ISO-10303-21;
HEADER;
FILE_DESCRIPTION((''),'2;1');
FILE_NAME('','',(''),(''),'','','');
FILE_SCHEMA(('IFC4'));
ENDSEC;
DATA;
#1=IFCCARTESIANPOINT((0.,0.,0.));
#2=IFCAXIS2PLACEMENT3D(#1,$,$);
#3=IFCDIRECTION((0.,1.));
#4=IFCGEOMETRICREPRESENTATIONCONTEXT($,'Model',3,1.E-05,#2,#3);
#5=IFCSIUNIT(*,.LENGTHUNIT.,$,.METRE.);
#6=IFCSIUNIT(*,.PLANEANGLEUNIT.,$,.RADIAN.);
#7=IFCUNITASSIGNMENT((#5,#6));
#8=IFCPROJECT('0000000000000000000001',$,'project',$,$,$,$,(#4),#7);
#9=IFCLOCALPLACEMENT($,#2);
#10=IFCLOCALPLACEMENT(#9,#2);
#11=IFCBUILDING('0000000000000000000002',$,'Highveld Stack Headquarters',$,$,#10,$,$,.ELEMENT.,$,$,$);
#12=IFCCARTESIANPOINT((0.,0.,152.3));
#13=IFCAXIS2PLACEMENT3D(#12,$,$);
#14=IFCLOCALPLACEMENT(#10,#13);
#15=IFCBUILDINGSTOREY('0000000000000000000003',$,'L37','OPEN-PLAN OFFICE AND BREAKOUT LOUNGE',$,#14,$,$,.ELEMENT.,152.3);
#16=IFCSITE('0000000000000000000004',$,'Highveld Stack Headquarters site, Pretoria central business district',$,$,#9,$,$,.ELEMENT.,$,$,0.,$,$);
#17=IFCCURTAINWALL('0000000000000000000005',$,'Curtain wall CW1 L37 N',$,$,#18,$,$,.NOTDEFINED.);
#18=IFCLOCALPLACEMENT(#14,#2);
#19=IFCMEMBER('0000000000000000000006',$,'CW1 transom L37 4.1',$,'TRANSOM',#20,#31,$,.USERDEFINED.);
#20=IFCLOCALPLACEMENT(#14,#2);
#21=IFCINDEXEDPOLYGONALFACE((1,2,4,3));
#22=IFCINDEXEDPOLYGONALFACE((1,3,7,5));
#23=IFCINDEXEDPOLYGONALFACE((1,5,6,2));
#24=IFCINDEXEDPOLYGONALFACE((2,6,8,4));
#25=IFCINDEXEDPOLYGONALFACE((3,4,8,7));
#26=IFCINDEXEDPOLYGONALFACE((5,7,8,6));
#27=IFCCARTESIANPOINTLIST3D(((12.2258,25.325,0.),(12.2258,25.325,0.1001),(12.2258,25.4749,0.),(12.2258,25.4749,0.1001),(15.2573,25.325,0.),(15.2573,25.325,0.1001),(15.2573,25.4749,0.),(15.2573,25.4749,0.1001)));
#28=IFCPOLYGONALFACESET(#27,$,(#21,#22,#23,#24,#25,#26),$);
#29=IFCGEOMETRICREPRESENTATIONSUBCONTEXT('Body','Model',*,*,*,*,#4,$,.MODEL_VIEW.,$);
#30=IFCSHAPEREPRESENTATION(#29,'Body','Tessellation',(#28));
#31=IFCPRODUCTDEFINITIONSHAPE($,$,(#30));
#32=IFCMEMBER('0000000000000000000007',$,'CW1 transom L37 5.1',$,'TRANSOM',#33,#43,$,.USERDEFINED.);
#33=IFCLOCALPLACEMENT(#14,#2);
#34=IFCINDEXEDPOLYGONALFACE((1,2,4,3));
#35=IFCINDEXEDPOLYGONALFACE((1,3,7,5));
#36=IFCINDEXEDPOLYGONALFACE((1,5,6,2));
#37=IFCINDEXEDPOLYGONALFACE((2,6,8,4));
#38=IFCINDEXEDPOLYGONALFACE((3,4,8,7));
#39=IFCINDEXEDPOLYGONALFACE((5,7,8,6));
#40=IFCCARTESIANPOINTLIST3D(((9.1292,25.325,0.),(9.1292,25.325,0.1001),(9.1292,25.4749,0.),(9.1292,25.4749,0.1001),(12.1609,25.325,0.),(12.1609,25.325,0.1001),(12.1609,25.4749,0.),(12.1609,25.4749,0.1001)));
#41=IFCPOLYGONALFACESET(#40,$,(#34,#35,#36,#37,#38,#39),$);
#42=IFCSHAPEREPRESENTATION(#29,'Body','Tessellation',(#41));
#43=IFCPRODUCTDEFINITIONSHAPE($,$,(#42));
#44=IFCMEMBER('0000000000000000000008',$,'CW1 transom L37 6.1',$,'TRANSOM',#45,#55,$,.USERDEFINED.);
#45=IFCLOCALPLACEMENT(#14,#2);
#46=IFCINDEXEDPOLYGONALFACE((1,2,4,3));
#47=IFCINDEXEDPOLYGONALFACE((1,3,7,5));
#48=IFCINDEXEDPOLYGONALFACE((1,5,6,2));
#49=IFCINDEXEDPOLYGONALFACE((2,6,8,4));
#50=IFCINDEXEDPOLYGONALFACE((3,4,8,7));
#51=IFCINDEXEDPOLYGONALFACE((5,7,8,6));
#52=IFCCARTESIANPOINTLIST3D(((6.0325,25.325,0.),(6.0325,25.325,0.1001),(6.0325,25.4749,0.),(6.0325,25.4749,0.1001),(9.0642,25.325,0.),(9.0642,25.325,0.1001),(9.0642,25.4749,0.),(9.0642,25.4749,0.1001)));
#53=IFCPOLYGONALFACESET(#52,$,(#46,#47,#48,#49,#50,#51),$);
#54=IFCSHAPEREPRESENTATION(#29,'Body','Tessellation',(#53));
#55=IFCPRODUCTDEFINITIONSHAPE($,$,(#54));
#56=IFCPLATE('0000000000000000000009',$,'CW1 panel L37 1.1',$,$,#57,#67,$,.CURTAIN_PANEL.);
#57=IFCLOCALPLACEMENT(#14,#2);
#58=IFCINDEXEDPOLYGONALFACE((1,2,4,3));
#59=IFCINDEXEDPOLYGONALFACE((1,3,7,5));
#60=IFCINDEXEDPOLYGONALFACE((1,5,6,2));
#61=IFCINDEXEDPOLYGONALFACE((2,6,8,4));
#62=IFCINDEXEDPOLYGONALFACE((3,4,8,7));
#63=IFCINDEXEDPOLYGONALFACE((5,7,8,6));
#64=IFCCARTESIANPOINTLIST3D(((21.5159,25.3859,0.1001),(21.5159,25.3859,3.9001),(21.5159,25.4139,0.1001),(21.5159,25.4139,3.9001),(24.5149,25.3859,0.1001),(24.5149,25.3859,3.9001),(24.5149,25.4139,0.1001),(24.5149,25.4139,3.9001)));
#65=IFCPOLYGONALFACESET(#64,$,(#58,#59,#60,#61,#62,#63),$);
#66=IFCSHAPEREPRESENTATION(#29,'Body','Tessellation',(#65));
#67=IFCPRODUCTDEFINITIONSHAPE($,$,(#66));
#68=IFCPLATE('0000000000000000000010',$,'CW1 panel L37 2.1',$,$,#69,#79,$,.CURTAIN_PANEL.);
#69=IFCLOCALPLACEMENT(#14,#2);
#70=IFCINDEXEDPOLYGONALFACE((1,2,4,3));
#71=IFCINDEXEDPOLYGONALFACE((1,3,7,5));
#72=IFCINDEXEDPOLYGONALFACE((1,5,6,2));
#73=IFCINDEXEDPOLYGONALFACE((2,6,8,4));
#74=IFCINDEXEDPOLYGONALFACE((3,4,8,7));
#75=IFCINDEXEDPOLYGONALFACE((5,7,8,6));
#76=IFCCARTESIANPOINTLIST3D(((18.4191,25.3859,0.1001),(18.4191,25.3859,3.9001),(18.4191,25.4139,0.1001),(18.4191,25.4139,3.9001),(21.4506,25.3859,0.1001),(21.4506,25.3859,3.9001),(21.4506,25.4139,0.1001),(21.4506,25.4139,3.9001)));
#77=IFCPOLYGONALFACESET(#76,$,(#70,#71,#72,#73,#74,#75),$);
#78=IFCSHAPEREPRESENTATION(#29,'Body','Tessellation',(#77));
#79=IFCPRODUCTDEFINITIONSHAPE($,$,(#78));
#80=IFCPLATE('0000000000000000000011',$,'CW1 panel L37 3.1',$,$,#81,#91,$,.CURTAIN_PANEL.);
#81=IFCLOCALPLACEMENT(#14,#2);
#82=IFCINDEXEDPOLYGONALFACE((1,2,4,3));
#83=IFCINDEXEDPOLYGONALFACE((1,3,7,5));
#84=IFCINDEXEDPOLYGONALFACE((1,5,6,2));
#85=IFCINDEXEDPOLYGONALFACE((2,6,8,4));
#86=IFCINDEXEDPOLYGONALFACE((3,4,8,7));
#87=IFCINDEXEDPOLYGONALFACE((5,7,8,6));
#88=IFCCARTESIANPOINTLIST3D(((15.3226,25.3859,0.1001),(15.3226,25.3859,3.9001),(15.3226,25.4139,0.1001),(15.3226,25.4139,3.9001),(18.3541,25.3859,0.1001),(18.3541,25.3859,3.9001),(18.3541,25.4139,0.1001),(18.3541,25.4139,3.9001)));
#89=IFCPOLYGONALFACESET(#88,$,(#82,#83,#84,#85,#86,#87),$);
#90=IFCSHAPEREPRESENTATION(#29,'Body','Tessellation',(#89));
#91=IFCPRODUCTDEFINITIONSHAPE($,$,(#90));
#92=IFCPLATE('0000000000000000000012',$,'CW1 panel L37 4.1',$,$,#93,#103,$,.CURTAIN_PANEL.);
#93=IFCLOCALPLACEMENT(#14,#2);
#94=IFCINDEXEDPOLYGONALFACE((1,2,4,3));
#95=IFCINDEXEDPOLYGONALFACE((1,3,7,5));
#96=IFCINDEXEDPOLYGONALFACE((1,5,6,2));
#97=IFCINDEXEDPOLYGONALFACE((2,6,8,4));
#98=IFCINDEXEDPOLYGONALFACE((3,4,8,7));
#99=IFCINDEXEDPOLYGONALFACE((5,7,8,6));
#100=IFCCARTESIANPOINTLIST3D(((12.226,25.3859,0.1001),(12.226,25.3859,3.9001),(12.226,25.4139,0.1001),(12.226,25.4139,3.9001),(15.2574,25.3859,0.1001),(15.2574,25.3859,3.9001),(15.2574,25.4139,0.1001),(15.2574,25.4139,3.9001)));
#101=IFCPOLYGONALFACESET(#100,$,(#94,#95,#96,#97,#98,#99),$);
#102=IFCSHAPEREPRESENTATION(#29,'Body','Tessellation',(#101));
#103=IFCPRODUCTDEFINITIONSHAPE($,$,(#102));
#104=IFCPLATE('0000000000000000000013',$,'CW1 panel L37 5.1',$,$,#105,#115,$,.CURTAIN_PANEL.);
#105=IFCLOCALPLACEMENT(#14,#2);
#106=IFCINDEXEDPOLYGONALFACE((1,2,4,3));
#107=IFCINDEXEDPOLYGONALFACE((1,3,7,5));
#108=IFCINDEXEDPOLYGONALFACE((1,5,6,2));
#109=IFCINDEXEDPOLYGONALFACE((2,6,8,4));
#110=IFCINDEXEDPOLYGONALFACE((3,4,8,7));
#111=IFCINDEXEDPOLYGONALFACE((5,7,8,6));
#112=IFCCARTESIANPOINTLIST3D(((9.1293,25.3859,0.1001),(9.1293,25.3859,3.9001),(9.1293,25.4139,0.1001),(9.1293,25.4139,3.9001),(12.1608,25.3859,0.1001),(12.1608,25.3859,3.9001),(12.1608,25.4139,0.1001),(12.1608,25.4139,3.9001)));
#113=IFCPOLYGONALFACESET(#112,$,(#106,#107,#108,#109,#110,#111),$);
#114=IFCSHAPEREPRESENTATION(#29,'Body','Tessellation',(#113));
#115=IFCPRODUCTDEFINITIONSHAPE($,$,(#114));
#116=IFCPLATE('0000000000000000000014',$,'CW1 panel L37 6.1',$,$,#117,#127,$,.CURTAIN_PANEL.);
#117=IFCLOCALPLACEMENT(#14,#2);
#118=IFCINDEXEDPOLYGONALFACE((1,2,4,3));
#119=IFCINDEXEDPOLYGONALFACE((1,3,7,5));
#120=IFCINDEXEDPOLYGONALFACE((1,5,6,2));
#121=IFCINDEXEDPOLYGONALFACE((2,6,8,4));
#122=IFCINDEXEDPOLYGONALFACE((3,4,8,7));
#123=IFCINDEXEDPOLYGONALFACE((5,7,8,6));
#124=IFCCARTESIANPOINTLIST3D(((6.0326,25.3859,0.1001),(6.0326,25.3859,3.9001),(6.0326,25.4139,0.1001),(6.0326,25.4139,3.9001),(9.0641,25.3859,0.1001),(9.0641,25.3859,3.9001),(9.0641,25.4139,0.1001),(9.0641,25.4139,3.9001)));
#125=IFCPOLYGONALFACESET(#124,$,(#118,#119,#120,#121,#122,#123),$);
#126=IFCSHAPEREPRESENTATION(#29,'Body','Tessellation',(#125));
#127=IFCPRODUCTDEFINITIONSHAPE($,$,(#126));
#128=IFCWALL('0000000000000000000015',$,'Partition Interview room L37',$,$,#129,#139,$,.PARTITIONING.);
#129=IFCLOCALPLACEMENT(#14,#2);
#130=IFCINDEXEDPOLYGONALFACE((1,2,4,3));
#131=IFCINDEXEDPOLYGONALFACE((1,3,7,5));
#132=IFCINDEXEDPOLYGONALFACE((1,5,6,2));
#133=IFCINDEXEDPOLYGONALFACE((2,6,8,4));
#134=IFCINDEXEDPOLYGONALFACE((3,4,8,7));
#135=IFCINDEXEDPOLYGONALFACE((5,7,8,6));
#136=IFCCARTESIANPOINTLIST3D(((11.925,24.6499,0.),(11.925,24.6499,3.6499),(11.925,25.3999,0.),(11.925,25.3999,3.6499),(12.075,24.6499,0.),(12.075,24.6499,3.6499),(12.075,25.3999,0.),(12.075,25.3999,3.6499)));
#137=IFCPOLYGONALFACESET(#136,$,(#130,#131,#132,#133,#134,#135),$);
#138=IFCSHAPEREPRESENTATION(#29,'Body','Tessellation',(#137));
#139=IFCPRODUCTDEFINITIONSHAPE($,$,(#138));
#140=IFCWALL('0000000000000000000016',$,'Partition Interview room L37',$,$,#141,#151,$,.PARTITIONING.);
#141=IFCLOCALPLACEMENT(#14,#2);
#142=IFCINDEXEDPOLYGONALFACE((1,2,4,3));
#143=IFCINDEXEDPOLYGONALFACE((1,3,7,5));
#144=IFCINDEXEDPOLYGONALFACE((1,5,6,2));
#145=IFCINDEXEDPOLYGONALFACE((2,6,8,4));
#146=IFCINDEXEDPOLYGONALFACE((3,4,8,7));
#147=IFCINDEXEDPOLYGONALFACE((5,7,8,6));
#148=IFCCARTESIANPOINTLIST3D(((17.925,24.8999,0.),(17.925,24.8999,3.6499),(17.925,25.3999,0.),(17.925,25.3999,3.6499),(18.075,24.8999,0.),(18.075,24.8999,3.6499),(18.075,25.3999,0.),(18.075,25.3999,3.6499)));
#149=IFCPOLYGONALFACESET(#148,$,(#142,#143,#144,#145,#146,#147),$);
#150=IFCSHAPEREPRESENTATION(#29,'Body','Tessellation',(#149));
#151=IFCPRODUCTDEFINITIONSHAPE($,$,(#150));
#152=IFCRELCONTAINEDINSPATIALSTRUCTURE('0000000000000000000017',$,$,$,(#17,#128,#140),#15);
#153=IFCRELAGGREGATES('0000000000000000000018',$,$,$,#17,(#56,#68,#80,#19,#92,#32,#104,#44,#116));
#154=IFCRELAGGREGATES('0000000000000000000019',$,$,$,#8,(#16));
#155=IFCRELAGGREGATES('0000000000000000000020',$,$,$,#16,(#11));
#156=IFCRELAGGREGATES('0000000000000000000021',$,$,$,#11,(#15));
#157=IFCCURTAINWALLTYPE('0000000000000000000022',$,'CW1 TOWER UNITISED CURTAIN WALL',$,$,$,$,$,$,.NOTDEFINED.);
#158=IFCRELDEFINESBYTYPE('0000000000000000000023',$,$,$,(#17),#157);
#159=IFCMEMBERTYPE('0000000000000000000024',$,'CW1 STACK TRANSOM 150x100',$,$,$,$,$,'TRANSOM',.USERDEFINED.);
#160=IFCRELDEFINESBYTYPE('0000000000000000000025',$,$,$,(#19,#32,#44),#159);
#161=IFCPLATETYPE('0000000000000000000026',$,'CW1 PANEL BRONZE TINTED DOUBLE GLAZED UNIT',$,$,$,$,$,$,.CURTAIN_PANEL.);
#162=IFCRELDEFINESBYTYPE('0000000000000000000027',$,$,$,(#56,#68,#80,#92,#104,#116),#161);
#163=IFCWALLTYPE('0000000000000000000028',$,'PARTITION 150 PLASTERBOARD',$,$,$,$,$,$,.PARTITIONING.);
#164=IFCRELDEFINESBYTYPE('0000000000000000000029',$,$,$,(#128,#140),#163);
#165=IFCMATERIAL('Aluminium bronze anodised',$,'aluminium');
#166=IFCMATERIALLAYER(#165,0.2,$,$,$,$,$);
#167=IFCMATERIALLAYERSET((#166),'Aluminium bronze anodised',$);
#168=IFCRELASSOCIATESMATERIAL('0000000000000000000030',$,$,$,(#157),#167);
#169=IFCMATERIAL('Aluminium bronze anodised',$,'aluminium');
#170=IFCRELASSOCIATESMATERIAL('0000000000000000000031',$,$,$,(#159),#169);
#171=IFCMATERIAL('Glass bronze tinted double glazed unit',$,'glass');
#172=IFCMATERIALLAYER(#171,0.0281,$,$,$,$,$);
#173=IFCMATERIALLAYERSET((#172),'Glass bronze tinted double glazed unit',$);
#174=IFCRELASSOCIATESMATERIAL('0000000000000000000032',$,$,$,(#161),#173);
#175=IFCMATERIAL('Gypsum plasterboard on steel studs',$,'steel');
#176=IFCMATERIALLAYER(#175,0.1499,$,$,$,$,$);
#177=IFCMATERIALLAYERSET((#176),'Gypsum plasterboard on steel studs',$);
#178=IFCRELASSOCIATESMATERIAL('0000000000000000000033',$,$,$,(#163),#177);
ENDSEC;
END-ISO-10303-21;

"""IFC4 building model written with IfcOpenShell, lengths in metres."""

from ifc_helpers import new_model, si_unit, direction, frame, frame_2d, origin, origin_2d, place, context, subcontext, project, spatial, rectangle, extrude, material, layer, layer_set, material_profile, profile_set, type_object, element, aggregate, save


model = new_model("IFC4")

# Units and contexts
model_context = context("Model", 3, precision=1e-05, world=origin(), true_north=direction((0.0, 1.0)))
body_context = subcontext(model_context, "Body", "Model", "MODEL_VIEW")
ifc_project = project(units=[si_unit("LENGTHUNIT", "METRE"), si_unit("PLANEANGLEUNIT", "RADIAN")], contexts=[model_context])

# Site, building, storey
site_placement = place(None, origin())
site = spatial("IfcSite", under=ifc_project, at=site_placement, Name="Highveld Stack Headquarters site, Pretoria central business district", CompositionType="ELEMENT", RefElevation=0.0)
building_placement = place(site_placement, origin())
building = spatial("IfcBuilding", under=site, at=building_placement, Name="Highveld Stack Headquarters", CompositionType="ELEMENT")
storey_placement = place(building_placement, frame((0.0, 0.0, 152.3)))
storey = spatial("IfcBuildingStorey", under=building, at=storey_placement, Name="L37", Description="OPEN-PLAN OFFICE AND BREAKOUT LOUNGE", CompositionType="ELEMENT", Elevation=152.3)

# Curtain wall, members, plates
ifc_material_1 = material(Name="Aluminium bronze anodised", Category="aluminium")
ifc_layer_1 = layer(ifc_material_1, 0.2)
ifc_layer_set_1 = layer_set([ifc_layer_1], Name="Aluminium bronze anodised")
curtain_wall_type = type_object("IfcCurtainWallType", Name="CW1 TOWER UNITISED CURTAIN WALL", PredefinedType="NOTDEFINED", material=ifc_layer_set_1)
curtain_wall_placement = place(storey_placement, origin())
curtain_wall = element("IfcCurtainWall", 1, at=curtain_wall_placement, inside=storey, type_object=curtain_wall_type, Name="Curtain wall CW1 L37 N", PredefinedType="NOTDEFINED")
ifc_material_2 = material(Name="Aluminium bronze anodised", Category="aluminium")
ifc_material_profile_1 = material_profile(ifc_material_2, rectangle(XDim=0.1499, YDim=0.1001, at=origin_2d()), Name="CW1 TRANSOM 150x100")
ifc_profile_set_1 = profile_set([ifc_material_profile_1], Name="Aluminium bronze anodised")
member_type_1 = type_object("IfcMemberType", Name="CW1 STACK TRANSOM 150x100", ElementType="TRANSOM", PredefinedType="USERDEFINED", material=ifc_profile_set_1)
member_1_placement = place(storey_placement, frame((15.2573, 25.3999, 0.05), z_axis=(-1.0, 0.0, 0.0), x_axis=(0.0, -1.0, 0.0)))
member_1 = element("IfcMember", 2, at=member_1_placement, type_object=member_type_1, Name="CW1 transom L37 4.1", ObjectType="TRANSOM", PredefinedType="USERDEFINED", context=body_context, shape_type="SweptSolid", body=[
    extrude(rectangle(XDim=0.1499, YDim=0.1001, at=origin_2d()), origin(), (0.0, 0.0, 1.0), 3.0315),
])
member_2_placement = place(storey_placement, frame((12.1609, 25.3999, 0.05), z_axis=(-1.0, 0.0, 0.0), x_axis=(0.0, -1.0, 0.0)))
member_2 = element("IfcMember", 3, at=member_2_placement, type_object=member_type_1, Name="CW1 transom L37 5.1", ObjectType="TRANSOM", PredefinedType="USERDEFINED", context=body_context, shape_type="SweptSolid", body=[
    extrude(rectangle(XDim=0.1499, YDim=0.1001, at=origin_2d()), origin(), (0.0, 0.0, 1.0), 3.0317),
])
member_3_placement = place(storey_placement, frame((9.0642, 25.3999, 0.05), z_axis=(-1.0, 0.0, 0.0), x_axis=(0.0, -1.0, 0.0)))
member_3 = element("IfcMember", 4, at=member_3_placement, type_object=member_type_1, Name="CW1 transom L37 6.1", ObjectType="TRANSOM", PredefinedType="USERDEFINED", context=body_context, shape_type="SweptSolid", body=[
    extrude(rectangle(XDim=0.1499, YDim=0.1001, at=origin_2d()), origin(), (0.0, 0.0, 1.0), 3.0317),
])
ifc_material_3 = material(Name="Glass bronze tinted double glazed unit", Category="glass")
ifc_layer_2 = layer(ifc_material_3, 0.0281)
ifc_layer_set_2 = layer_set([ifc_layer_2], Name="Glass bronze tinted double glazed unit")
plate_type = type_object("IfcPlateType", Name="CW1 PANEL BRONZE TINTED DOUBLE GLAZED UNIT", PredefinedType="CURTAIN_PANEL", material=ifc_layer_set_2)
plate_1_placement = place(storey_placement, frame((23.0154, 25.3999, 0.1001), z_axis=(0.0, 0.0, 1.0), x_axis=(-1.0, 0.0, 0.0)))
plate_1 = element("IfcPlate", 5, at=plate_1_placement, type_object=plate_type, Name="CW1 panel L37 1.1", PredefinedType="CURTAIN_PANEL", context=body_context, shape_type="SweptSolid", body=[
    extrude(rectangle(XDim=2.999, YDim=0.0281, at=origin_2d()), origin(), (0.0, 0.0, 1.0), 3.8),
])
plate_2_placement = place(storey_placement, frame((19.9348, 25.3999, 0.1001), z_axis=(0.0, 0.0, 1.0), x_axis=(-1.0, 0.0, 0.0)))
plate_2 = element("IfcPlate", 6, at=plate_2_placement, type_object=plate_type, Name="CW1 panel L37 2.1", PredefinedType="CURTAIN_PANEL", context=body_context, shape_type="SweptSolid", body=[
    extrude(rectangle(XDim=3.0315, YDim=0.0281, at=origin_2d()), origin(), (0.0, 0.0, 1.0), 3.8),
])
plate_3_placement = place(storey_placement, frame((16.8384, 25.3999, 0.1001), z_axis=(0.0, 0.0, 1.0), x_axis=(-1.0, 0.0, 0.0)))
plate_3 = element("IfcPlate", 7, at=plate_3_placement, type_object=plate_type, Name="CW1 panel L37 3.1", PredefinedType="CURTAIN_PANEL", context=body_context, shape_type="SweptSolid", body=[
    extrude(rectangle(XDim=3.0315, YDim=0.0281, at=origin_2d()), origin(), (0.0, 0.0, 1.0), 3.8),
])
plate_4_placement = place(storey_placement, frame((13.7417, 25.3999, 0.1001), z_axis=(0.0, 0.0, 1.0), x_axis=(-1.0, 0.0, 0.0)))
plate_4 = element("IfcPlate", 8, at=plate_4_placement, type_object=plate_type, Name="CW1 panel L37 4.1", PredefinedType="CURTAIN_PANEL", context=body_context, shape_type="SweptSolid", body=[
    extrude(rectangle(XDim=3.0315, YDim=0.0281, at=origin_2d()), origin(), (0.0, 0.0, 1.0), 3.8),
])
plate_5_placement = place(storey_placement, frame((10.645, 25.3999, 0.1001), z_axis=(0.0, 0.0, 1.0), x_axis=(-1.0, 0.0, 0.0)))
plate_5 = element("IfcPlate", 9, at=plate_5_placement, type_object=plate_type, Name="CW1 panel L37 5.1", PredefinedType="CURTAIN_PANEL", context=body_context, shape_type="SweptSolid", body=[
    extrude(rectangle(XDim=3.0315, YDim=0.0281, at=origin_2d()), origin(), (0.0, 0.0, 1.0), 3.8),
])
plate_6_placement = place(storey_placement, frame((7.5483, 25.3999, 0.1001), z_axis=(0.0, 0.0, 1.0), x_axis=(-1.0, 0.0, 0.0)))
plate_6 = element("IfcPlate", 10, at=plate_6_placement, type_object=plate_type, Name="CW1 panel L37 6.1", PredefinedType="CURTAIN_PANEL", context=body_context, shape_type="SweptSolid", body=[
    extrude(rectangle(XDim=3.0315, YDim=0.0281, at=origin_2d()), origin(), (0.0, 0.0, 1.0), 3.8),
])
aggregate(curtain_wall, [plate_1, plate_2, plate_3, member_1, plate_4, member_2, plate_5, member_3, plate_6])

# Walls
ifc_material_4 = material(Name="Gypsum plasterboard on steel studs", Category="steel")
ifc_layer_3 = layer(ifc_material_4, 0.1499)
ifc_layer_set_3 = layer_set([ifc_layer_3], Name="Gypsum plasterboard on steel studs")
wall_type = type_object("IfcWallType", Name="PARTITION 150 PLASTERBOARD", PredefinedType="PARTITIONING", material=ifc_layer_set_3)
wall_1_placement = place(storey_placement, frame((12.0, 24.6499, 0.0), z_axis=(0.0, 0.0, 1.0), x_axis=(0.0, 1.0, 0.0)))
element("IfcWall", 11, at=wall_1_placement, inside=storey, type_object=wall_type, Name="Partition Interview room L37", PredefinedType="PARTITIONING", context=body_context, shape_type="SweptSolid", body=[
    extrude(rectangle(XDim=0.75, YDim=0.1499, at=frame_2d((0.375, 0.0))), origin(), (0.0, 0.0, 1.0), 3.6499),
])
wall_2_placement = place(storey_placement, frame((18.0, 24.8999, 0.0), z_axis=(0.0, 0.0, 1.0), x_axis=(0.0, 1.0, 0.0)))
element("IfcWall", 12, at=wall_2_placement, inside=storey, type_object=wall_type, Name="Partition Interview room L37", PredefinedType="PARTITIONING", context=body_context, shape_type="SweptSolid", body=[
    extrude(rectangle(XDim=0.5, YDim=0.1499, at=frame_2d((0.25, 0.0))), origin(), (0.0, 0.0, 1.0), 3.6499),
])

save(model, "model.ifc")
